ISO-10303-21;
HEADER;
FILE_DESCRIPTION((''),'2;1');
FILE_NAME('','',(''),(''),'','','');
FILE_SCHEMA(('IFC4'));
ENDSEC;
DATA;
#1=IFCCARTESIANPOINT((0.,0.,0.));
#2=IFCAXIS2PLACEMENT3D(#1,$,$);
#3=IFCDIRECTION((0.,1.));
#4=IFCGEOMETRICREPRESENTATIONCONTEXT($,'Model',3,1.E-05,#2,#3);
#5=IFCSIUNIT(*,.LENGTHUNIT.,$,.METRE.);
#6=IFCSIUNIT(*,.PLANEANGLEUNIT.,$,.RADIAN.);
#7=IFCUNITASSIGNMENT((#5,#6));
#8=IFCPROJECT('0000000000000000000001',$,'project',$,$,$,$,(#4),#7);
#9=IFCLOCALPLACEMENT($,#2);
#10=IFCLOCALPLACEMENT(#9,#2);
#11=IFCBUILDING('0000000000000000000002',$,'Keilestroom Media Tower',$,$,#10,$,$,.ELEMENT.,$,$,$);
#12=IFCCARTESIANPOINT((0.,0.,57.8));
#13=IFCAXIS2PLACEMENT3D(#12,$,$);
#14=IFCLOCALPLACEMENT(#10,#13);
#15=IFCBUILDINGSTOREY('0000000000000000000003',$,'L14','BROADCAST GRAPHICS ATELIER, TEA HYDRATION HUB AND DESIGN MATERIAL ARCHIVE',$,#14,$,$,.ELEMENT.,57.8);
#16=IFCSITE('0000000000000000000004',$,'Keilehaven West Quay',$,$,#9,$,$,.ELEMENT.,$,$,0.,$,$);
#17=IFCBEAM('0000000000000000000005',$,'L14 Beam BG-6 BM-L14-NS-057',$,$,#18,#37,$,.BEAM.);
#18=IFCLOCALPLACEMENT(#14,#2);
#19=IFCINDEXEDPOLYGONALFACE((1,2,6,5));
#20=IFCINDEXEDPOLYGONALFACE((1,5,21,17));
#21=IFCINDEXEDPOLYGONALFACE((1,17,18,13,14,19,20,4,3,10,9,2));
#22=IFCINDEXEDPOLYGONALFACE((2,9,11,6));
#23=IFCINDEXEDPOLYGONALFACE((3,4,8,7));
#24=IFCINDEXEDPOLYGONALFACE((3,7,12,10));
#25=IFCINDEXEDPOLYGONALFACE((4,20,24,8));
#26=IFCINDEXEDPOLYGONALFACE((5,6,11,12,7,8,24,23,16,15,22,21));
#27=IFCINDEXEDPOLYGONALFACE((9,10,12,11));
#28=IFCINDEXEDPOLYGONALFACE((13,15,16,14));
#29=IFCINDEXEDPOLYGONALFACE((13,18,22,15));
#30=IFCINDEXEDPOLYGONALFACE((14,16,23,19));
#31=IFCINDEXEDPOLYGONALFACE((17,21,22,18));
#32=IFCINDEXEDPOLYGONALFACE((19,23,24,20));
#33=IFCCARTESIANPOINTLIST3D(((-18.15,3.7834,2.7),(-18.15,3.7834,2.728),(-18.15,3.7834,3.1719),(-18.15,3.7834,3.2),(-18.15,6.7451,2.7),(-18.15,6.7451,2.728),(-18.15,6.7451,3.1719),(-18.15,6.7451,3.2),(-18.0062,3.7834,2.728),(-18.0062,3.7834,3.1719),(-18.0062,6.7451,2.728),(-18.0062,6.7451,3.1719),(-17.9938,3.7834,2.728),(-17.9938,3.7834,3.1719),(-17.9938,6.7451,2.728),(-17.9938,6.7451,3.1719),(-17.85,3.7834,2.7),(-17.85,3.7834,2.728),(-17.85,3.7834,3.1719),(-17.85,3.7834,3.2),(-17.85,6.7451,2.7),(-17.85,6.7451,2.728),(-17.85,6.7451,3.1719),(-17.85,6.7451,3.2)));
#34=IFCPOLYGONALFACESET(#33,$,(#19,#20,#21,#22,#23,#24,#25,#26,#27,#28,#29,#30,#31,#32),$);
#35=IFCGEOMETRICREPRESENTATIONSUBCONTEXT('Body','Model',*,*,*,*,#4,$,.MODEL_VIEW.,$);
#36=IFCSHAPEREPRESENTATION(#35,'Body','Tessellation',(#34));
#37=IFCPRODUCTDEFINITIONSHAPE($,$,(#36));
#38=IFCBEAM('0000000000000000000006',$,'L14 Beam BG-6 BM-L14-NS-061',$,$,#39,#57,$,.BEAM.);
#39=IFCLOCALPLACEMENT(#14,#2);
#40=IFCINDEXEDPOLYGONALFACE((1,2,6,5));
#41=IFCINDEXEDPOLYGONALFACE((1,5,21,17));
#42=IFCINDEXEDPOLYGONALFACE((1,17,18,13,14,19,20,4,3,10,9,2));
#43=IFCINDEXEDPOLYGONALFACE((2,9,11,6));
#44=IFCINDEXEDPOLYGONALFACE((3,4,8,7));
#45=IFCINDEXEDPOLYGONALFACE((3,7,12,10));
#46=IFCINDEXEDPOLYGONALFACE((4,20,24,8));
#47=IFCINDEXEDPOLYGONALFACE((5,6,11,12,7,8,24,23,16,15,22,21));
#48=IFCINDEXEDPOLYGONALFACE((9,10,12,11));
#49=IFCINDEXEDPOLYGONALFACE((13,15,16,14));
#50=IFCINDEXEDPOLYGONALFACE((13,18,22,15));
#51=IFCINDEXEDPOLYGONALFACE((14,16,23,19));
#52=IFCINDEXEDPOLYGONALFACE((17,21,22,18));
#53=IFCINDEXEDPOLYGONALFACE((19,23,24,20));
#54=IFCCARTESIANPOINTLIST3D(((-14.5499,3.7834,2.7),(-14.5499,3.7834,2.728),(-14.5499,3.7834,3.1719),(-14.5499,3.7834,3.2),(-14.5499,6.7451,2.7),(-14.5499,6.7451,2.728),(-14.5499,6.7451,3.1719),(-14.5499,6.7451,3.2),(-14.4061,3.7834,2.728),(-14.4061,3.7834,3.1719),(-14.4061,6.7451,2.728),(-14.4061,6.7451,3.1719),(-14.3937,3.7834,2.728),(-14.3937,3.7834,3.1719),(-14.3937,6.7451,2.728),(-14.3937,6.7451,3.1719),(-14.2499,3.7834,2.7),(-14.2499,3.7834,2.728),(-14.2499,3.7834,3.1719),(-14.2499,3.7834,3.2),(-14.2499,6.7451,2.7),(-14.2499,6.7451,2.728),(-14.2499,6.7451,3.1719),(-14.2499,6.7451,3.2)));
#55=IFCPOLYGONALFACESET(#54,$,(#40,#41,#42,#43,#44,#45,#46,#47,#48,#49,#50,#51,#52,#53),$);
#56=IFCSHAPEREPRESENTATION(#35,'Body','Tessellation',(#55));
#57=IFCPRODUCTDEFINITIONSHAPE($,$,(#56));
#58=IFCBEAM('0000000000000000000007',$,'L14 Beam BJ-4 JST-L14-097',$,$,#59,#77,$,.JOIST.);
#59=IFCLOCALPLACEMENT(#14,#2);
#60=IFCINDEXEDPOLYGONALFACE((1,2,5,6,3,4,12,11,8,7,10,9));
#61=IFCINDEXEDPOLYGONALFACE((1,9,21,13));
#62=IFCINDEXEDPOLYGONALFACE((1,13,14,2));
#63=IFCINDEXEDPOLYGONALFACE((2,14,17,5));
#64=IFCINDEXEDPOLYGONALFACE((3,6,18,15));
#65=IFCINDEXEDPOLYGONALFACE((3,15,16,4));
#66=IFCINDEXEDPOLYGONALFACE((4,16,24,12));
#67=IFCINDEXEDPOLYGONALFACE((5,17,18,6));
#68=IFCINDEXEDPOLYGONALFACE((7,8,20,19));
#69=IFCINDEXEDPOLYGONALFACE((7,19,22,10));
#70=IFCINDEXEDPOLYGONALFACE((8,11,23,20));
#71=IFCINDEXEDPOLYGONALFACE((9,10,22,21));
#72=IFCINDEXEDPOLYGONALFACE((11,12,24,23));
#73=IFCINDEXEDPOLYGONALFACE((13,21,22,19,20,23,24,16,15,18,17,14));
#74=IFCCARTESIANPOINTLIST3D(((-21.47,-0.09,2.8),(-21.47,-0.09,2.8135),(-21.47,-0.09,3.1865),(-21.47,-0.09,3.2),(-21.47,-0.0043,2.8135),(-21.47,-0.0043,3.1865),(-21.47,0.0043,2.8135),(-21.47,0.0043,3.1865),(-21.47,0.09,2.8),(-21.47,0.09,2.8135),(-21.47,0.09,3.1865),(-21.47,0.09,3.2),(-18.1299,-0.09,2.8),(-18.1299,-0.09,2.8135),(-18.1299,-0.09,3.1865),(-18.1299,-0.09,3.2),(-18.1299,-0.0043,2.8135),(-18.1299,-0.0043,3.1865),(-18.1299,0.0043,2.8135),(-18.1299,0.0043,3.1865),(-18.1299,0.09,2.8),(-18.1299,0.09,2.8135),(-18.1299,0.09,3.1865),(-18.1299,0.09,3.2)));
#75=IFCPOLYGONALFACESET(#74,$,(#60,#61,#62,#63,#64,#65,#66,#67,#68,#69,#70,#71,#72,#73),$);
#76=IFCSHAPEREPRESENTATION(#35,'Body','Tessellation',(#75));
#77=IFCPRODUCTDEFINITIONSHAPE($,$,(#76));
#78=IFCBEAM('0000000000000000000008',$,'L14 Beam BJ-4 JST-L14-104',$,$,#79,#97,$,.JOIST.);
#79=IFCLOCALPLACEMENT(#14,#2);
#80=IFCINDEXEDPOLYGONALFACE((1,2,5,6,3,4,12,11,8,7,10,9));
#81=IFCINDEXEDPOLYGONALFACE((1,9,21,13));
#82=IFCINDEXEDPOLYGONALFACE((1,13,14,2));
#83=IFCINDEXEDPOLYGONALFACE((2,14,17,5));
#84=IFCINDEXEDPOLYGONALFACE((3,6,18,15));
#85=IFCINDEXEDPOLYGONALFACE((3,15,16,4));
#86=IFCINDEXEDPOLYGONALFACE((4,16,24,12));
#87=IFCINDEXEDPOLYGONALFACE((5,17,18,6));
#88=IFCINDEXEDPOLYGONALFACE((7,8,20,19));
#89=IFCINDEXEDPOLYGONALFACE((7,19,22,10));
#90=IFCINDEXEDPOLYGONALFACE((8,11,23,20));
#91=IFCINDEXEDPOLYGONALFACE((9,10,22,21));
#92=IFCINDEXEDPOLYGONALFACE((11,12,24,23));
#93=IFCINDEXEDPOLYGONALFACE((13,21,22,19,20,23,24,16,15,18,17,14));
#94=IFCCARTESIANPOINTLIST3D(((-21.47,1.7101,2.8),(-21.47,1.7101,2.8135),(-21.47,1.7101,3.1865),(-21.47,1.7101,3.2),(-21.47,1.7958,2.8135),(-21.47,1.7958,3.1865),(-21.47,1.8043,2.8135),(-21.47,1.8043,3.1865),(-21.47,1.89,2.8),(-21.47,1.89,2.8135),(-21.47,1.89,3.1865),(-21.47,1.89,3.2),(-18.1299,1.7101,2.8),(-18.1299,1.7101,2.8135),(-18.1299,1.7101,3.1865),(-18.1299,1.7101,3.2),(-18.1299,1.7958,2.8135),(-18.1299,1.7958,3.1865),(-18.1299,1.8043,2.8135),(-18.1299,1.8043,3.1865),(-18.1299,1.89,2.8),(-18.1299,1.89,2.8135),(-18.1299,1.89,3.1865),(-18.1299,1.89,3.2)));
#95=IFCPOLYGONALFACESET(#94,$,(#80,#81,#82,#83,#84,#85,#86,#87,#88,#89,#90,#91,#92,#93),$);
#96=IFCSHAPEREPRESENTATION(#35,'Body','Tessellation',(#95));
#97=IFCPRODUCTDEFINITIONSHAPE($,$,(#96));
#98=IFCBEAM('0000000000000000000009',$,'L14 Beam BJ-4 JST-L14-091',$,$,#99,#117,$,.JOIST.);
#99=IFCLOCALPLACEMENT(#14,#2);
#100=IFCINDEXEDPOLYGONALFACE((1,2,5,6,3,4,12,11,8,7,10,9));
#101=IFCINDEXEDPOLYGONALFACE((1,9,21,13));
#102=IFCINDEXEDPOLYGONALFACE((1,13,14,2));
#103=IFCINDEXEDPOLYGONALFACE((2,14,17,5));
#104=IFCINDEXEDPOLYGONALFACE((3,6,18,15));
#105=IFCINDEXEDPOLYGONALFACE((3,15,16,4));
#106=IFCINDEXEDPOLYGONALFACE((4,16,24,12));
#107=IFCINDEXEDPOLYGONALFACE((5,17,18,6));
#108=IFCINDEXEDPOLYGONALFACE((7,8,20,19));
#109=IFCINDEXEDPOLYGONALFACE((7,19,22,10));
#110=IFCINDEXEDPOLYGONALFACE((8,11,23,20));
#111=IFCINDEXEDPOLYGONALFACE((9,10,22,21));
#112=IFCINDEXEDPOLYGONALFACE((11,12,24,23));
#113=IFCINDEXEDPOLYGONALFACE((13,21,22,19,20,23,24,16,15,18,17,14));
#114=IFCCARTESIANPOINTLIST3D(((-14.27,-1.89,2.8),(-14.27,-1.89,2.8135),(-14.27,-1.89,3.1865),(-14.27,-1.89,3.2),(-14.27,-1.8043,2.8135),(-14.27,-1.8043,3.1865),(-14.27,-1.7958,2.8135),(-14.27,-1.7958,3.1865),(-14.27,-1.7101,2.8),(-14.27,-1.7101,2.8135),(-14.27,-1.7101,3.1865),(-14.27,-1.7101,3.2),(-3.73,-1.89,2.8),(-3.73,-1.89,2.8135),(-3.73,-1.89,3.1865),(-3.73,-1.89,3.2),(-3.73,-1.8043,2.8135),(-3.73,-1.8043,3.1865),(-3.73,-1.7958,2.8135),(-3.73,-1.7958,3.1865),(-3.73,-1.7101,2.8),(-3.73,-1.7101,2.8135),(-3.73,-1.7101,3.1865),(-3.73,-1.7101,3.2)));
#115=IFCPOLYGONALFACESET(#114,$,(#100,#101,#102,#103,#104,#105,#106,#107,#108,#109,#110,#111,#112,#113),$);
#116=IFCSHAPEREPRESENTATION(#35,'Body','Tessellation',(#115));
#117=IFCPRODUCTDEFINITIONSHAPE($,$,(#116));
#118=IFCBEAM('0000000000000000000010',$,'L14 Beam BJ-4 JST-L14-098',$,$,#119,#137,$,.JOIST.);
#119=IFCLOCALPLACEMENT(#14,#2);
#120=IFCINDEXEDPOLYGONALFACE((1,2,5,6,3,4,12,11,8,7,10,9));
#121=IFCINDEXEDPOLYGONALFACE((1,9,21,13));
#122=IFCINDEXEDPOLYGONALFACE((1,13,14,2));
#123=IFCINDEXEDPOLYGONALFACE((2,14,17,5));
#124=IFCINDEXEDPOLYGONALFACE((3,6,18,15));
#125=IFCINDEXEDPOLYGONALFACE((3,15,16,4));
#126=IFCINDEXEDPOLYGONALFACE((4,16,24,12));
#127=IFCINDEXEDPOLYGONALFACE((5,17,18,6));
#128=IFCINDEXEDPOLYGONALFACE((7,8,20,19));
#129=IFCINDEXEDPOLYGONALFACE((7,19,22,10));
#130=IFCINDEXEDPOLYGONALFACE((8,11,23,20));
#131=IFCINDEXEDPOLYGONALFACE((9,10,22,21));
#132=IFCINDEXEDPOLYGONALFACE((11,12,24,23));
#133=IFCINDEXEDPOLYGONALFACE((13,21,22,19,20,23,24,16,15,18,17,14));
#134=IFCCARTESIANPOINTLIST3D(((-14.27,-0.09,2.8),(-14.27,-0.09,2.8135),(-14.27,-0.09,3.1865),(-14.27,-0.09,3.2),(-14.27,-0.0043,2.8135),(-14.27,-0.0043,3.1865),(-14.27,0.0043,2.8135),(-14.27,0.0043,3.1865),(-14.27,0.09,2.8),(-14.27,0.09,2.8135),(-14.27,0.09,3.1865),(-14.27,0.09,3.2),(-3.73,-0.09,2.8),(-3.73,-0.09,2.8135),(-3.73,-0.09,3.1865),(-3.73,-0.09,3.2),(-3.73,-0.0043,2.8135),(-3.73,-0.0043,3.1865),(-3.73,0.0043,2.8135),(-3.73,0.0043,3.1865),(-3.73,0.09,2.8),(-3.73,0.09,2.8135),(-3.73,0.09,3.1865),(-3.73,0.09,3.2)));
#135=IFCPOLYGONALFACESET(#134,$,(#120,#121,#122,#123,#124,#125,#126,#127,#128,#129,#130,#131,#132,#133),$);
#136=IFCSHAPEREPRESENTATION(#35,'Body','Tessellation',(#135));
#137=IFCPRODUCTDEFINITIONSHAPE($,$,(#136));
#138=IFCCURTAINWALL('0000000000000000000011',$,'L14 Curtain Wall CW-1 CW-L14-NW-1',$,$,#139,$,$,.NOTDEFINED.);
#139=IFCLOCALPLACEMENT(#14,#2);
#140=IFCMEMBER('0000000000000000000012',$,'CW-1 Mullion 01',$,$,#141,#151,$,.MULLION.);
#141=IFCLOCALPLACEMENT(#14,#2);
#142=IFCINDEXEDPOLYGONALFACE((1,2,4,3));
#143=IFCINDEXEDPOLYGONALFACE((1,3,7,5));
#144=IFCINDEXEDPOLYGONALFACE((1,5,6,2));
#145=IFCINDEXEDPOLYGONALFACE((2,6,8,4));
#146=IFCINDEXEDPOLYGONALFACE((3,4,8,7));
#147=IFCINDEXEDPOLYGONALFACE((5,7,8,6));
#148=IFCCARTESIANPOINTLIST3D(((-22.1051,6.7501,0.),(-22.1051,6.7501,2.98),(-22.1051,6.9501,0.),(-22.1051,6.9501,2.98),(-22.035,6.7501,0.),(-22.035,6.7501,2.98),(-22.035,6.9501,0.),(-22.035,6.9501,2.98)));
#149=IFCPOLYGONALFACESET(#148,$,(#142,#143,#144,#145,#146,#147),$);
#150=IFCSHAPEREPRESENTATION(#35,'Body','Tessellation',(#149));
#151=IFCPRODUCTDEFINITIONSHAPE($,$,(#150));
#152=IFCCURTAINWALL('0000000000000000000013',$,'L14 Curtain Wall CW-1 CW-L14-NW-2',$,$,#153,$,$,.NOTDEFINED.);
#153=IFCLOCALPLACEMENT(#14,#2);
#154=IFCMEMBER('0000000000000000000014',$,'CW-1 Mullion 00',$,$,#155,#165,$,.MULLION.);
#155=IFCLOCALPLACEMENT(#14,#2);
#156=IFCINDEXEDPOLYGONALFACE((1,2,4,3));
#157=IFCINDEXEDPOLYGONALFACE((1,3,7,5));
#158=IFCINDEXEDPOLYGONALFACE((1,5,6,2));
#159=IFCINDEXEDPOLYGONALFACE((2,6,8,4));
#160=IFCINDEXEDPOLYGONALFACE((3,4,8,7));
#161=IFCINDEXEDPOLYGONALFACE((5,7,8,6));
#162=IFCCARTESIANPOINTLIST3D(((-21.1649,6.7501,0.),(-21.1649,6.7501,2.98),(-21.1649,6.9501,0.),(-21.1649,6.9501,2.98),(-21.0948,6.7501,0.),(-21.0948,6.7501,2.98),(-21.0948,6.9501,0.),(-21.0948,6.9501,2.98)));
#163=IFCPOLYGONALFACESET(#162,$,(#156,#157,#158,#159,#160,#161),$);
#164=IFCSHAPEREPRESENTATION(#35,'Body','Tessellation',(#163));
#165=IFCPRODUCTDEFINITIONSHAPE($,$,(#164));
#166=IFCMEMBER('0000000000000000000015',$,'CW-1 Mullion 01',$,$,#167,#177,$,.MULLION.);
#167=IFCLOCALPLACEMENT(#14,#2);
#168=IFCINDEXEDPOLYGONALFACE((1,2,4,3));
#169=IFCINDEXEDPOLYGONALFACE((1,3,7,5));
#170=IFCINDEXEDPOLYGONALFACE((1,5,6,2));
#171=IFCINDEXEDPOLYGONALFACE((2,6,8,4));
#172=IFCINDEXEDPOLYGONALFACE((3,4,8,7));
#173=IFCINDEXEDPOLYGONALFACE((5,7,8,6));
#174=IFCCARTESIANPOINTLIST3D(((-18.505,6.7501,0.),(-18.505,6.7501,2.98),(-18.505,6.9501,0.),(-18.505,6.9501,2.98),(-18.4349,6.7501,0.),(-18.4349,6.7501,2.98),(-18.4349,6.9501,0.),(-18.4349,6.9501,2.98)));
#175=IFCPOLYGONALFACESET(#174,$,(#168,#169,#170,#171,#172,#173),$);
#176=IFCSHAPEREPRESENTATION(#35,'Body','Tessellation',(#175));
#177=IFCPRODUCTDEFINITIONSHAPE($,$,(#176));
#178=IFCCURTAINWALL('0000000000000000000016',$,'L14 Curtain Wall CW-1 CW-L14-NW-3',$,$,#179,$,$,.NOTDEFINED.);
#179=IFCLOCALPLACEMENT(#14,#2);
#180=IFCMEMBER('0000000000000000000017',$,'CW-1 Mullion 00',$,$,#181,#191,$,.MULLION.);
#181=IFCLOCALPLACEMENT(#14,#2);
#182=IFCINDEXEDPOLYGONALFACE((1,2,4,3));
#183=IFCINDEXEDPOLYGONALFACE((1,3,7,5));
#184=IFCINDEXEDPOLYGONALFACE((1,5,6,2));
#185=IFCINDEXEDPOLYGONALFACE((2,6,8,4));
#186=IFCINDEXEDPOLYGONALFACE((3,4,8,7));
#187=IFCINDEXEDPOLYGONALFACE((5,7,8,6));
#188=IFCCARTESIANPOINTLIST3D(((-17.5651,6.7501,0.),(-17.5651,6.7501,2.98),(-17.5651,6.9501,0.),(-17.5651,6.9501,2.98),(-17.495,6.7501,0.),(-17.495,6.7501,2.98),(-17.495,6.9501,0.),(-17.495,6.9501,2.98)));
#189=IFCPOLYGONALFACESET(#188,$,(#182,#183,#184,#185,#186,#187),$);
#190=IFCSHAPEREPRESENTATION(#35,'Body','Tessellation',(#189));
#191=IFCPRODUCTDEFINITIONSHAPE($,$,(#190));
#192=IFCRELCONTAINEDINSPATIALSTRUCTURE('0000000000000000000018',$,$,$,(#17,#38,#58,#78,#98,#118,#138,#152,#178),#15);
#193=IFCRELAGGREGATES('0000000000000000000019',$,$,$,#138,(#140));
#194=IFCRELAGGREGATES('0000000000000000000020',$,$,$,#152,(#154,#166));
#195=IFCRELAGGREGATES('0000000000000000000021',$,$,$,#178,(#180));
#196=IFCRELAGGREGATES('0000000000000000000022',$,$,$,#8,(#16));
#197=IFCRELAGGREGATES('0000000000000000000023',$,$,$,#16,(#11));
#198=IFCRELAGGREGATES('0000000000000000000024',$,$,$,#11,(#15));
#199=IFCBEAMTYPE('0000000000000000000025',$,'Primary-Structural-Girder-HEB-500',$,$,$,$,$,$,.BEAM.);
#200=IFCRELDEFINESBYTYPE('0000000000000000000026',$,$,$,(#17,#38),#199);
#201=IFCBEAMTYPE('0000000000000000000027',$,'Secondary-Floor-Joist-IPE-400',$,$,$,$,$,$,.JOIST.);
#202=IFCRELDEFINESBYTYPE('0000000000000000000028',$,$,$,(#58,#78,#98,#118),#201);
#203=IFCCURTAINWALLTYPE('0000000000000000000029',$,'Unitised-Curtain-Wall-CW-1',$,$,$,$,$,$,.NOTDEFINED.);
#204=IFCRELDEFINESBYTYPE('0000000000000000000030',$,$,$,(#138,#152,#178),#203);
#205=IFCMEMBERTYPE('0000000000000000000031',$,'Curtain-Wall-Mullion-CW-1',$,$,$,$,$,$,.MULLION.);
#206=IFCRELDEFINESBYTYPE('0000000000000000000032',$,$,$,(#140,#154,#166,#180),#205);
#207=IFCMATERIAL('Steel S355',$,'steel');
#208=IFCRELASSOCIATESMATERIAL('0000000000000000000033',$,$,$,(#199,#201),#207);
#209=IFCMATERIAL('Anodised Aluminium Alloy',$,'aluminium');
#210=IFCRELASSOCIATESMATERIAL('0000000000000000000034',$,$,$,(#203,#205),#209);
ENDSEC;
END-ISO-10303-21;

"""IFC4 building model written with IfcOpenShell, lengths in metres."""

from ifc_helpers import new_model, si_unit, direction, frame, origin, origin_2d, place, context, subcontext, project, spatial, rectangle, i_section, extrude, source, transform, mapped, material, material_profile, profile_set, type_object, element, aggregate, save


model = new_model("IFC4")

# Units and contexts
model_context = context("Model", 3, precision=1e-05, world=origin(), true_north=direction((0.0, 1.0)))
body_context = subcontext(model_context, "Body", "Model", "MODEL_VIEW")
ifc_project = project(units=[si_unit("LENGTHUNIT", "METRE"), si_unit("PLANEANGLEUNIT", "RADIAN")], contexts=[model_context])

# Site, building, storey
site_placement = place(None, origin())
site = spatial("IfcSite", under=ifc_project, at=site_placement, Name="Keilehaven West Quay", CompositionType="ELEMENT", RefElevation=0.0)
building_placement = place(site_placement, origin())
building = spatial("IfcBuilding", under=site, at=building_placement, Name="Keilestroom Media Tower", CompositionType="ELEMENT")
storey_placement = place(building_placement, frame((0.0, 0.0, 57.8)))
storey = spatial("IfcBuildingStorey", under=building, at=storey_placement, Name="L14", Description="BROADCAST GRAPHICS ATELIER, TEA HYDRATION HUB AND DESIGN MATERIAL ARCHIVE", CompositionType="ELEMENT", Elevation=57.8)

# Beams
ifc_material_1 = material(Name="Steel S355", Category="steel")
ifc_material_profile_1 = material_profile(ifc_material_1, i_section(OverallWidth=0.3, OverallDepth=0.5, WebThickness=0.0125, FlangeThickness=0.0281, at=origin_2d()), Name="HEB 500")
ifc_profile_set_1 = profile_set([ifc_material_profile_1], Name="Steel S355")
beam_type_1 = type_object("IfcBeamType", Name="Primary-Structural-Girder-HEB-500", PredefinedType="BEAM", material=ifc_profile_set_1)
shared_shape_1 = source(origin(), body_context, "Body", "SweptSolid", [
    extrude(i_section(OverallWidth=0.3, OverallDepth=0.5, WebThickness=0.0125, FlangeThickness=0.0281, at=origin_2d()), origin(), (0.0, 0.0, 1.0), 2.9617),
])
for number, where, z_axis, x_axis, name in (
    (1, (-18.0, 3.7834, 2.95), (0.0, 1.0, 0.0), (-1.0, 0.0, 0.0), "L14 Beam BG-6 BM-L14-NS-057"),
    (2, (-14.3999, 3.7834, 2.95), (0.0, 1.0, 0.0), (-1.0, 0.0, 0.0), "L14 Beam BG-6 BM-L14-NS-061"),
):
    element("IfcBeam", number, at=place(storey_placement, frame(where, z_axis=z_axis, x_axis=x_axis)), inside=storey, type_object=beam_type_1, Name=name, PredefinedType="BEAM", context=body_context, shape_type="MappedRepresentation", body=[
        mapped(shared_shape_1, transform((0.0, 0.0, 0.0), x_axis=(1.0, 0.0, 0.0), y_axis=(0.0, 1.0, 0.0), z_axis=(0.0, 0.0, 1.0), scale=1.0)),
    ])
ifc_material_profile_2 = material_profile(ifc_material_1, i_section(OverallWidth=0.1799, OverallDepth=0.3999, WebThickness=0.0085, FlangeThickness=0.0134, at=origin_2d()), Name="IPE 400")
ifc_profile_set_2 = profile_set([ifc_material_profile_2], Name="Steel S355")
beam_type_2 = type_object("IfcBeamType", Name="Secondary-Floor-Joist-IPE-400", PredefinedType="JOIST", material=ifc_profile_set_2)
shared_shape_2 = source(origin(), body_context, "Body", "SweptSolid", [
    extrude(i_section(OverallWidth=0.1799, OverallDepth=0.3999, WebThickness=0.0085, FlangeThickness=0.0134, at=origin_2d()), origin(), (0.0, 0.0, 1.0), 3.3401),
])
for number, where, z_axis, x_axis, name in (
    (3, (-21.47, 0.0, 3.0), (1.0, 0.0, 0.0), (0.0, 1.0, 0.0), "L14 Beam BJ-4 JST-L14-097"),
    (4, (-21.47, 1.8, 3.0), (1.0, 0.0, 0.0), (0.0, 1.0, 0.0), "L14 Beam BJ-4 JST-L14-104"),
):
    element("IfcBeam", number, at=place(storey_placement, frame(where, z_axis=z_axis, x_axis=x_axis)), inside=storey, type_object=beam_type_2, Name=name, PredefinedType="JOIST", context=body_context, shape_type="MappedRepresentation", body=[
        mapped(shared_shape_2, transform((0.0, 0.0, 0.0), x_axis=(1.0, 0.0, 0.0), y_axis=(0.0, 1.0, 0.0), z_axis=(0.0, 0.0, 1.0), scale=1.0)),
    ])
shared_shape_3 = source(origin(), body_context, "Body", "SweptSolid", [
    extrude(i_section(OverallWidth=0.1799, OverallDepth=0.3999, WebThickness=0.0085, FlangeThickness=0.0134, at=origin_2d()), origin(), (0.0, 0.0, 1.0), 10.54),
])
for number, where, z_axis, x_axis, name in (
    (5, (-14.27, -1.8, 3.0), (1.0, 0.0, 0.0), (0.0, 1.0, 0.0), "L14 Beam BJ-4 JST-L14-091"),
    (6, (-14.27, 0.0, 3.0), (1.0, 0.0, 0.0), (0.0, 1.0, 0.0), "L14 Beam BJ-4 JST-L14-098"),
):
    element("IfcBeam", number, at=place(storey_placement, frame(where, z_axis=z_axis, x_axis=x_axis)), inside=storey, type_object=beam_type_2, Name=name, PredefinedType="JOIST", context=body_context, shape_type="MappedRepresentation", body=[
        mapped(shared_shape_3, transform((0.0, 0.0, 0.0), x_axis=(1.0, 0.0, 0.0), y_axis=(0.0, 1.0, 0.0), z_axis=(0.0, 0.0, 1.0), scale=1.0)),
    ])

# Curtain wall, member
ifc_material_2 = material(Name="Anodised Aluminium Alloy", Category="aluminium")
curtain_wall_type = type_object("IfcCurtainWallType", Name="Unitised-Curtain-Wall-CW-1", PredefinedType="NOTDEFINED", material=ifc_material_2)
curtain_wall_1_placement = place(storey_placement, origin())
curtain_wall_1 = element("IfcCurtainWall", 7, at=curtain_wall_1_placement, inside=storey, type_object=curtain_wall_type, Name="L14 Curtain Wall CW-1 CW-L14-NW-1", PredefinedType="NOTDEFINED")
ifc_material_profile_3 = material_profile(ifc_material_2, rectangle(XDim=0.0701, YDim=0.2, at=origin_2d()), Name="ALU MULLION 70x200")
ifc_profile_set_3 = profile_set([ifc_material_profile_3], Name="Anodised Aluminium Alloy")
member_type_1 = type_object("IfcMemberType", Name="Curtain-Wall-Mullion-CW-1", PredefinedType="MULLION", material=ifc_profile_set_3)
shared_shape_4 = source(origin(), body_context, "Body", "SweptSolid", [
    extrude(rectangle(XDim=0.0701, YDim=0.2, at=origin_2d()), origin(), (0.0, 0.0, 1.0), 2.98),
])
member_1_placement = place(storey_placement, frame((-22.0701, 6.8501, 0.0), z_axis=(0.0, 0.0, 1.0), x_axis=(1.0, 0.0, 0.0)))
member_1 = element("IfcMember", 8, at=member_1_placement, type_object=member_type_1, Name="CW-1 Mullion 01", PredefinedType="MULLION", context=body_context, shape_type="MappedRepresentation", body=[
    mapped(shared_shape_4, transform((0.0, 0.0, 0.0), x_axis=(1.0, 0.0, 0.0), y_axis=(0.0, 1.0, 0.0), z_axis=(0.0, 0.0, 1.0), scale=1.0)),
])
aggregate(curtain_wall_1, [member_1])

# Curtain walls, members
curtain_wall_2_placement = place(storey_placement, origin())
curtain_wall_2 = element("IfcCurtainWall", 9, at=curtain_wall_2_placement, inside=storey, type_object=curtain_wall_type, Name="L14 Curtain Wall CW-1 CW-L14-NW-2", PredefinedType="NOTDEFINED")
member_2_placement = place(storey_placement, frame((-21.1299, 6.8501, 0.0), z_axis=(0.0, 0.0, 1.0), x_axis=(1.0, 0.0, 0.0)))
member_2 = element("IfcMember", 10, at=member_2_placement, type_object=member_type_1, Name="CW-1 Mullion 00", PredefinedType="MULLION", context=body_context, shape_type="MappedRepresentation", body=[
    mapped(shared_shape_4, transform((0.0, 0.0, 0.0), x_axis=(1.0, 0.0, 0.0), y_axis=(0.0, 1.0, 0.0), z_axis=(0.0, 0.0, 1.0), scale=1.0)),
])
member_3_placement = place(storey_placement, frame((-18.47, 6.8501, 0.0), z_axis=(0.0, 0.0, 1.0), x_axis=(1.0, 0.0, 0.0)))
member_3 = element("IfcMember", 11, at=member_3_placement, type_object=member_type_1, Name="CW-1 Mullion 01", PredefinedType="MULLION", context=body_context, shape_type="MappedRepresentation", body=[
    mapped(shared_shape_4, transform((0.0, 0.0, 0.0), x_axis=(1.0, 0.0, 0.0), y_axis=(0.0, 1.0, 0.0), z_axis=(0.0, 0.0, 1.0), scale=1.0)),
])
curtain_wall_3_placement = place(storey_placement, origin())
curtain_wall_3 = element("IfcCurtainWall", 12, at=curtain_wall_3_placement, inside=storey, type_object=curtain_wall_type, Name="L14 Curtain Wall CW-1 CW-L14-NW-3", PredefinedType="NOTDEFINED")
member_4_placement = place(storey_placement, frame((-17.53, 6.8501, 0.0), z_axis=(0.0, 0.0, 1.0), x_axis=(1.0, 0.0, 0.0)))
member_4 = element("IfcMember", 13, at=member_4_placement, type_object=member_type_1, Name="CW-1 Mullion 00", PredefinedType="MULLION", context=body_context, shape_type="MappedRepresentation", body=[
    mapped(shared_shape_4, transform((0.0, 0.0, 0.0), x_axis=(1.0, 0.0, 0.0), y_axis=(0.0, 1.0, 0.0), z_axis=(0.0, 0.0, 1.0), scale=1.0)),
])

aggregate(curtain_wall_2, [member_2, member_3])
aggregate(curtain_wall_3, [member_4])

save(model, "model.ifc")
